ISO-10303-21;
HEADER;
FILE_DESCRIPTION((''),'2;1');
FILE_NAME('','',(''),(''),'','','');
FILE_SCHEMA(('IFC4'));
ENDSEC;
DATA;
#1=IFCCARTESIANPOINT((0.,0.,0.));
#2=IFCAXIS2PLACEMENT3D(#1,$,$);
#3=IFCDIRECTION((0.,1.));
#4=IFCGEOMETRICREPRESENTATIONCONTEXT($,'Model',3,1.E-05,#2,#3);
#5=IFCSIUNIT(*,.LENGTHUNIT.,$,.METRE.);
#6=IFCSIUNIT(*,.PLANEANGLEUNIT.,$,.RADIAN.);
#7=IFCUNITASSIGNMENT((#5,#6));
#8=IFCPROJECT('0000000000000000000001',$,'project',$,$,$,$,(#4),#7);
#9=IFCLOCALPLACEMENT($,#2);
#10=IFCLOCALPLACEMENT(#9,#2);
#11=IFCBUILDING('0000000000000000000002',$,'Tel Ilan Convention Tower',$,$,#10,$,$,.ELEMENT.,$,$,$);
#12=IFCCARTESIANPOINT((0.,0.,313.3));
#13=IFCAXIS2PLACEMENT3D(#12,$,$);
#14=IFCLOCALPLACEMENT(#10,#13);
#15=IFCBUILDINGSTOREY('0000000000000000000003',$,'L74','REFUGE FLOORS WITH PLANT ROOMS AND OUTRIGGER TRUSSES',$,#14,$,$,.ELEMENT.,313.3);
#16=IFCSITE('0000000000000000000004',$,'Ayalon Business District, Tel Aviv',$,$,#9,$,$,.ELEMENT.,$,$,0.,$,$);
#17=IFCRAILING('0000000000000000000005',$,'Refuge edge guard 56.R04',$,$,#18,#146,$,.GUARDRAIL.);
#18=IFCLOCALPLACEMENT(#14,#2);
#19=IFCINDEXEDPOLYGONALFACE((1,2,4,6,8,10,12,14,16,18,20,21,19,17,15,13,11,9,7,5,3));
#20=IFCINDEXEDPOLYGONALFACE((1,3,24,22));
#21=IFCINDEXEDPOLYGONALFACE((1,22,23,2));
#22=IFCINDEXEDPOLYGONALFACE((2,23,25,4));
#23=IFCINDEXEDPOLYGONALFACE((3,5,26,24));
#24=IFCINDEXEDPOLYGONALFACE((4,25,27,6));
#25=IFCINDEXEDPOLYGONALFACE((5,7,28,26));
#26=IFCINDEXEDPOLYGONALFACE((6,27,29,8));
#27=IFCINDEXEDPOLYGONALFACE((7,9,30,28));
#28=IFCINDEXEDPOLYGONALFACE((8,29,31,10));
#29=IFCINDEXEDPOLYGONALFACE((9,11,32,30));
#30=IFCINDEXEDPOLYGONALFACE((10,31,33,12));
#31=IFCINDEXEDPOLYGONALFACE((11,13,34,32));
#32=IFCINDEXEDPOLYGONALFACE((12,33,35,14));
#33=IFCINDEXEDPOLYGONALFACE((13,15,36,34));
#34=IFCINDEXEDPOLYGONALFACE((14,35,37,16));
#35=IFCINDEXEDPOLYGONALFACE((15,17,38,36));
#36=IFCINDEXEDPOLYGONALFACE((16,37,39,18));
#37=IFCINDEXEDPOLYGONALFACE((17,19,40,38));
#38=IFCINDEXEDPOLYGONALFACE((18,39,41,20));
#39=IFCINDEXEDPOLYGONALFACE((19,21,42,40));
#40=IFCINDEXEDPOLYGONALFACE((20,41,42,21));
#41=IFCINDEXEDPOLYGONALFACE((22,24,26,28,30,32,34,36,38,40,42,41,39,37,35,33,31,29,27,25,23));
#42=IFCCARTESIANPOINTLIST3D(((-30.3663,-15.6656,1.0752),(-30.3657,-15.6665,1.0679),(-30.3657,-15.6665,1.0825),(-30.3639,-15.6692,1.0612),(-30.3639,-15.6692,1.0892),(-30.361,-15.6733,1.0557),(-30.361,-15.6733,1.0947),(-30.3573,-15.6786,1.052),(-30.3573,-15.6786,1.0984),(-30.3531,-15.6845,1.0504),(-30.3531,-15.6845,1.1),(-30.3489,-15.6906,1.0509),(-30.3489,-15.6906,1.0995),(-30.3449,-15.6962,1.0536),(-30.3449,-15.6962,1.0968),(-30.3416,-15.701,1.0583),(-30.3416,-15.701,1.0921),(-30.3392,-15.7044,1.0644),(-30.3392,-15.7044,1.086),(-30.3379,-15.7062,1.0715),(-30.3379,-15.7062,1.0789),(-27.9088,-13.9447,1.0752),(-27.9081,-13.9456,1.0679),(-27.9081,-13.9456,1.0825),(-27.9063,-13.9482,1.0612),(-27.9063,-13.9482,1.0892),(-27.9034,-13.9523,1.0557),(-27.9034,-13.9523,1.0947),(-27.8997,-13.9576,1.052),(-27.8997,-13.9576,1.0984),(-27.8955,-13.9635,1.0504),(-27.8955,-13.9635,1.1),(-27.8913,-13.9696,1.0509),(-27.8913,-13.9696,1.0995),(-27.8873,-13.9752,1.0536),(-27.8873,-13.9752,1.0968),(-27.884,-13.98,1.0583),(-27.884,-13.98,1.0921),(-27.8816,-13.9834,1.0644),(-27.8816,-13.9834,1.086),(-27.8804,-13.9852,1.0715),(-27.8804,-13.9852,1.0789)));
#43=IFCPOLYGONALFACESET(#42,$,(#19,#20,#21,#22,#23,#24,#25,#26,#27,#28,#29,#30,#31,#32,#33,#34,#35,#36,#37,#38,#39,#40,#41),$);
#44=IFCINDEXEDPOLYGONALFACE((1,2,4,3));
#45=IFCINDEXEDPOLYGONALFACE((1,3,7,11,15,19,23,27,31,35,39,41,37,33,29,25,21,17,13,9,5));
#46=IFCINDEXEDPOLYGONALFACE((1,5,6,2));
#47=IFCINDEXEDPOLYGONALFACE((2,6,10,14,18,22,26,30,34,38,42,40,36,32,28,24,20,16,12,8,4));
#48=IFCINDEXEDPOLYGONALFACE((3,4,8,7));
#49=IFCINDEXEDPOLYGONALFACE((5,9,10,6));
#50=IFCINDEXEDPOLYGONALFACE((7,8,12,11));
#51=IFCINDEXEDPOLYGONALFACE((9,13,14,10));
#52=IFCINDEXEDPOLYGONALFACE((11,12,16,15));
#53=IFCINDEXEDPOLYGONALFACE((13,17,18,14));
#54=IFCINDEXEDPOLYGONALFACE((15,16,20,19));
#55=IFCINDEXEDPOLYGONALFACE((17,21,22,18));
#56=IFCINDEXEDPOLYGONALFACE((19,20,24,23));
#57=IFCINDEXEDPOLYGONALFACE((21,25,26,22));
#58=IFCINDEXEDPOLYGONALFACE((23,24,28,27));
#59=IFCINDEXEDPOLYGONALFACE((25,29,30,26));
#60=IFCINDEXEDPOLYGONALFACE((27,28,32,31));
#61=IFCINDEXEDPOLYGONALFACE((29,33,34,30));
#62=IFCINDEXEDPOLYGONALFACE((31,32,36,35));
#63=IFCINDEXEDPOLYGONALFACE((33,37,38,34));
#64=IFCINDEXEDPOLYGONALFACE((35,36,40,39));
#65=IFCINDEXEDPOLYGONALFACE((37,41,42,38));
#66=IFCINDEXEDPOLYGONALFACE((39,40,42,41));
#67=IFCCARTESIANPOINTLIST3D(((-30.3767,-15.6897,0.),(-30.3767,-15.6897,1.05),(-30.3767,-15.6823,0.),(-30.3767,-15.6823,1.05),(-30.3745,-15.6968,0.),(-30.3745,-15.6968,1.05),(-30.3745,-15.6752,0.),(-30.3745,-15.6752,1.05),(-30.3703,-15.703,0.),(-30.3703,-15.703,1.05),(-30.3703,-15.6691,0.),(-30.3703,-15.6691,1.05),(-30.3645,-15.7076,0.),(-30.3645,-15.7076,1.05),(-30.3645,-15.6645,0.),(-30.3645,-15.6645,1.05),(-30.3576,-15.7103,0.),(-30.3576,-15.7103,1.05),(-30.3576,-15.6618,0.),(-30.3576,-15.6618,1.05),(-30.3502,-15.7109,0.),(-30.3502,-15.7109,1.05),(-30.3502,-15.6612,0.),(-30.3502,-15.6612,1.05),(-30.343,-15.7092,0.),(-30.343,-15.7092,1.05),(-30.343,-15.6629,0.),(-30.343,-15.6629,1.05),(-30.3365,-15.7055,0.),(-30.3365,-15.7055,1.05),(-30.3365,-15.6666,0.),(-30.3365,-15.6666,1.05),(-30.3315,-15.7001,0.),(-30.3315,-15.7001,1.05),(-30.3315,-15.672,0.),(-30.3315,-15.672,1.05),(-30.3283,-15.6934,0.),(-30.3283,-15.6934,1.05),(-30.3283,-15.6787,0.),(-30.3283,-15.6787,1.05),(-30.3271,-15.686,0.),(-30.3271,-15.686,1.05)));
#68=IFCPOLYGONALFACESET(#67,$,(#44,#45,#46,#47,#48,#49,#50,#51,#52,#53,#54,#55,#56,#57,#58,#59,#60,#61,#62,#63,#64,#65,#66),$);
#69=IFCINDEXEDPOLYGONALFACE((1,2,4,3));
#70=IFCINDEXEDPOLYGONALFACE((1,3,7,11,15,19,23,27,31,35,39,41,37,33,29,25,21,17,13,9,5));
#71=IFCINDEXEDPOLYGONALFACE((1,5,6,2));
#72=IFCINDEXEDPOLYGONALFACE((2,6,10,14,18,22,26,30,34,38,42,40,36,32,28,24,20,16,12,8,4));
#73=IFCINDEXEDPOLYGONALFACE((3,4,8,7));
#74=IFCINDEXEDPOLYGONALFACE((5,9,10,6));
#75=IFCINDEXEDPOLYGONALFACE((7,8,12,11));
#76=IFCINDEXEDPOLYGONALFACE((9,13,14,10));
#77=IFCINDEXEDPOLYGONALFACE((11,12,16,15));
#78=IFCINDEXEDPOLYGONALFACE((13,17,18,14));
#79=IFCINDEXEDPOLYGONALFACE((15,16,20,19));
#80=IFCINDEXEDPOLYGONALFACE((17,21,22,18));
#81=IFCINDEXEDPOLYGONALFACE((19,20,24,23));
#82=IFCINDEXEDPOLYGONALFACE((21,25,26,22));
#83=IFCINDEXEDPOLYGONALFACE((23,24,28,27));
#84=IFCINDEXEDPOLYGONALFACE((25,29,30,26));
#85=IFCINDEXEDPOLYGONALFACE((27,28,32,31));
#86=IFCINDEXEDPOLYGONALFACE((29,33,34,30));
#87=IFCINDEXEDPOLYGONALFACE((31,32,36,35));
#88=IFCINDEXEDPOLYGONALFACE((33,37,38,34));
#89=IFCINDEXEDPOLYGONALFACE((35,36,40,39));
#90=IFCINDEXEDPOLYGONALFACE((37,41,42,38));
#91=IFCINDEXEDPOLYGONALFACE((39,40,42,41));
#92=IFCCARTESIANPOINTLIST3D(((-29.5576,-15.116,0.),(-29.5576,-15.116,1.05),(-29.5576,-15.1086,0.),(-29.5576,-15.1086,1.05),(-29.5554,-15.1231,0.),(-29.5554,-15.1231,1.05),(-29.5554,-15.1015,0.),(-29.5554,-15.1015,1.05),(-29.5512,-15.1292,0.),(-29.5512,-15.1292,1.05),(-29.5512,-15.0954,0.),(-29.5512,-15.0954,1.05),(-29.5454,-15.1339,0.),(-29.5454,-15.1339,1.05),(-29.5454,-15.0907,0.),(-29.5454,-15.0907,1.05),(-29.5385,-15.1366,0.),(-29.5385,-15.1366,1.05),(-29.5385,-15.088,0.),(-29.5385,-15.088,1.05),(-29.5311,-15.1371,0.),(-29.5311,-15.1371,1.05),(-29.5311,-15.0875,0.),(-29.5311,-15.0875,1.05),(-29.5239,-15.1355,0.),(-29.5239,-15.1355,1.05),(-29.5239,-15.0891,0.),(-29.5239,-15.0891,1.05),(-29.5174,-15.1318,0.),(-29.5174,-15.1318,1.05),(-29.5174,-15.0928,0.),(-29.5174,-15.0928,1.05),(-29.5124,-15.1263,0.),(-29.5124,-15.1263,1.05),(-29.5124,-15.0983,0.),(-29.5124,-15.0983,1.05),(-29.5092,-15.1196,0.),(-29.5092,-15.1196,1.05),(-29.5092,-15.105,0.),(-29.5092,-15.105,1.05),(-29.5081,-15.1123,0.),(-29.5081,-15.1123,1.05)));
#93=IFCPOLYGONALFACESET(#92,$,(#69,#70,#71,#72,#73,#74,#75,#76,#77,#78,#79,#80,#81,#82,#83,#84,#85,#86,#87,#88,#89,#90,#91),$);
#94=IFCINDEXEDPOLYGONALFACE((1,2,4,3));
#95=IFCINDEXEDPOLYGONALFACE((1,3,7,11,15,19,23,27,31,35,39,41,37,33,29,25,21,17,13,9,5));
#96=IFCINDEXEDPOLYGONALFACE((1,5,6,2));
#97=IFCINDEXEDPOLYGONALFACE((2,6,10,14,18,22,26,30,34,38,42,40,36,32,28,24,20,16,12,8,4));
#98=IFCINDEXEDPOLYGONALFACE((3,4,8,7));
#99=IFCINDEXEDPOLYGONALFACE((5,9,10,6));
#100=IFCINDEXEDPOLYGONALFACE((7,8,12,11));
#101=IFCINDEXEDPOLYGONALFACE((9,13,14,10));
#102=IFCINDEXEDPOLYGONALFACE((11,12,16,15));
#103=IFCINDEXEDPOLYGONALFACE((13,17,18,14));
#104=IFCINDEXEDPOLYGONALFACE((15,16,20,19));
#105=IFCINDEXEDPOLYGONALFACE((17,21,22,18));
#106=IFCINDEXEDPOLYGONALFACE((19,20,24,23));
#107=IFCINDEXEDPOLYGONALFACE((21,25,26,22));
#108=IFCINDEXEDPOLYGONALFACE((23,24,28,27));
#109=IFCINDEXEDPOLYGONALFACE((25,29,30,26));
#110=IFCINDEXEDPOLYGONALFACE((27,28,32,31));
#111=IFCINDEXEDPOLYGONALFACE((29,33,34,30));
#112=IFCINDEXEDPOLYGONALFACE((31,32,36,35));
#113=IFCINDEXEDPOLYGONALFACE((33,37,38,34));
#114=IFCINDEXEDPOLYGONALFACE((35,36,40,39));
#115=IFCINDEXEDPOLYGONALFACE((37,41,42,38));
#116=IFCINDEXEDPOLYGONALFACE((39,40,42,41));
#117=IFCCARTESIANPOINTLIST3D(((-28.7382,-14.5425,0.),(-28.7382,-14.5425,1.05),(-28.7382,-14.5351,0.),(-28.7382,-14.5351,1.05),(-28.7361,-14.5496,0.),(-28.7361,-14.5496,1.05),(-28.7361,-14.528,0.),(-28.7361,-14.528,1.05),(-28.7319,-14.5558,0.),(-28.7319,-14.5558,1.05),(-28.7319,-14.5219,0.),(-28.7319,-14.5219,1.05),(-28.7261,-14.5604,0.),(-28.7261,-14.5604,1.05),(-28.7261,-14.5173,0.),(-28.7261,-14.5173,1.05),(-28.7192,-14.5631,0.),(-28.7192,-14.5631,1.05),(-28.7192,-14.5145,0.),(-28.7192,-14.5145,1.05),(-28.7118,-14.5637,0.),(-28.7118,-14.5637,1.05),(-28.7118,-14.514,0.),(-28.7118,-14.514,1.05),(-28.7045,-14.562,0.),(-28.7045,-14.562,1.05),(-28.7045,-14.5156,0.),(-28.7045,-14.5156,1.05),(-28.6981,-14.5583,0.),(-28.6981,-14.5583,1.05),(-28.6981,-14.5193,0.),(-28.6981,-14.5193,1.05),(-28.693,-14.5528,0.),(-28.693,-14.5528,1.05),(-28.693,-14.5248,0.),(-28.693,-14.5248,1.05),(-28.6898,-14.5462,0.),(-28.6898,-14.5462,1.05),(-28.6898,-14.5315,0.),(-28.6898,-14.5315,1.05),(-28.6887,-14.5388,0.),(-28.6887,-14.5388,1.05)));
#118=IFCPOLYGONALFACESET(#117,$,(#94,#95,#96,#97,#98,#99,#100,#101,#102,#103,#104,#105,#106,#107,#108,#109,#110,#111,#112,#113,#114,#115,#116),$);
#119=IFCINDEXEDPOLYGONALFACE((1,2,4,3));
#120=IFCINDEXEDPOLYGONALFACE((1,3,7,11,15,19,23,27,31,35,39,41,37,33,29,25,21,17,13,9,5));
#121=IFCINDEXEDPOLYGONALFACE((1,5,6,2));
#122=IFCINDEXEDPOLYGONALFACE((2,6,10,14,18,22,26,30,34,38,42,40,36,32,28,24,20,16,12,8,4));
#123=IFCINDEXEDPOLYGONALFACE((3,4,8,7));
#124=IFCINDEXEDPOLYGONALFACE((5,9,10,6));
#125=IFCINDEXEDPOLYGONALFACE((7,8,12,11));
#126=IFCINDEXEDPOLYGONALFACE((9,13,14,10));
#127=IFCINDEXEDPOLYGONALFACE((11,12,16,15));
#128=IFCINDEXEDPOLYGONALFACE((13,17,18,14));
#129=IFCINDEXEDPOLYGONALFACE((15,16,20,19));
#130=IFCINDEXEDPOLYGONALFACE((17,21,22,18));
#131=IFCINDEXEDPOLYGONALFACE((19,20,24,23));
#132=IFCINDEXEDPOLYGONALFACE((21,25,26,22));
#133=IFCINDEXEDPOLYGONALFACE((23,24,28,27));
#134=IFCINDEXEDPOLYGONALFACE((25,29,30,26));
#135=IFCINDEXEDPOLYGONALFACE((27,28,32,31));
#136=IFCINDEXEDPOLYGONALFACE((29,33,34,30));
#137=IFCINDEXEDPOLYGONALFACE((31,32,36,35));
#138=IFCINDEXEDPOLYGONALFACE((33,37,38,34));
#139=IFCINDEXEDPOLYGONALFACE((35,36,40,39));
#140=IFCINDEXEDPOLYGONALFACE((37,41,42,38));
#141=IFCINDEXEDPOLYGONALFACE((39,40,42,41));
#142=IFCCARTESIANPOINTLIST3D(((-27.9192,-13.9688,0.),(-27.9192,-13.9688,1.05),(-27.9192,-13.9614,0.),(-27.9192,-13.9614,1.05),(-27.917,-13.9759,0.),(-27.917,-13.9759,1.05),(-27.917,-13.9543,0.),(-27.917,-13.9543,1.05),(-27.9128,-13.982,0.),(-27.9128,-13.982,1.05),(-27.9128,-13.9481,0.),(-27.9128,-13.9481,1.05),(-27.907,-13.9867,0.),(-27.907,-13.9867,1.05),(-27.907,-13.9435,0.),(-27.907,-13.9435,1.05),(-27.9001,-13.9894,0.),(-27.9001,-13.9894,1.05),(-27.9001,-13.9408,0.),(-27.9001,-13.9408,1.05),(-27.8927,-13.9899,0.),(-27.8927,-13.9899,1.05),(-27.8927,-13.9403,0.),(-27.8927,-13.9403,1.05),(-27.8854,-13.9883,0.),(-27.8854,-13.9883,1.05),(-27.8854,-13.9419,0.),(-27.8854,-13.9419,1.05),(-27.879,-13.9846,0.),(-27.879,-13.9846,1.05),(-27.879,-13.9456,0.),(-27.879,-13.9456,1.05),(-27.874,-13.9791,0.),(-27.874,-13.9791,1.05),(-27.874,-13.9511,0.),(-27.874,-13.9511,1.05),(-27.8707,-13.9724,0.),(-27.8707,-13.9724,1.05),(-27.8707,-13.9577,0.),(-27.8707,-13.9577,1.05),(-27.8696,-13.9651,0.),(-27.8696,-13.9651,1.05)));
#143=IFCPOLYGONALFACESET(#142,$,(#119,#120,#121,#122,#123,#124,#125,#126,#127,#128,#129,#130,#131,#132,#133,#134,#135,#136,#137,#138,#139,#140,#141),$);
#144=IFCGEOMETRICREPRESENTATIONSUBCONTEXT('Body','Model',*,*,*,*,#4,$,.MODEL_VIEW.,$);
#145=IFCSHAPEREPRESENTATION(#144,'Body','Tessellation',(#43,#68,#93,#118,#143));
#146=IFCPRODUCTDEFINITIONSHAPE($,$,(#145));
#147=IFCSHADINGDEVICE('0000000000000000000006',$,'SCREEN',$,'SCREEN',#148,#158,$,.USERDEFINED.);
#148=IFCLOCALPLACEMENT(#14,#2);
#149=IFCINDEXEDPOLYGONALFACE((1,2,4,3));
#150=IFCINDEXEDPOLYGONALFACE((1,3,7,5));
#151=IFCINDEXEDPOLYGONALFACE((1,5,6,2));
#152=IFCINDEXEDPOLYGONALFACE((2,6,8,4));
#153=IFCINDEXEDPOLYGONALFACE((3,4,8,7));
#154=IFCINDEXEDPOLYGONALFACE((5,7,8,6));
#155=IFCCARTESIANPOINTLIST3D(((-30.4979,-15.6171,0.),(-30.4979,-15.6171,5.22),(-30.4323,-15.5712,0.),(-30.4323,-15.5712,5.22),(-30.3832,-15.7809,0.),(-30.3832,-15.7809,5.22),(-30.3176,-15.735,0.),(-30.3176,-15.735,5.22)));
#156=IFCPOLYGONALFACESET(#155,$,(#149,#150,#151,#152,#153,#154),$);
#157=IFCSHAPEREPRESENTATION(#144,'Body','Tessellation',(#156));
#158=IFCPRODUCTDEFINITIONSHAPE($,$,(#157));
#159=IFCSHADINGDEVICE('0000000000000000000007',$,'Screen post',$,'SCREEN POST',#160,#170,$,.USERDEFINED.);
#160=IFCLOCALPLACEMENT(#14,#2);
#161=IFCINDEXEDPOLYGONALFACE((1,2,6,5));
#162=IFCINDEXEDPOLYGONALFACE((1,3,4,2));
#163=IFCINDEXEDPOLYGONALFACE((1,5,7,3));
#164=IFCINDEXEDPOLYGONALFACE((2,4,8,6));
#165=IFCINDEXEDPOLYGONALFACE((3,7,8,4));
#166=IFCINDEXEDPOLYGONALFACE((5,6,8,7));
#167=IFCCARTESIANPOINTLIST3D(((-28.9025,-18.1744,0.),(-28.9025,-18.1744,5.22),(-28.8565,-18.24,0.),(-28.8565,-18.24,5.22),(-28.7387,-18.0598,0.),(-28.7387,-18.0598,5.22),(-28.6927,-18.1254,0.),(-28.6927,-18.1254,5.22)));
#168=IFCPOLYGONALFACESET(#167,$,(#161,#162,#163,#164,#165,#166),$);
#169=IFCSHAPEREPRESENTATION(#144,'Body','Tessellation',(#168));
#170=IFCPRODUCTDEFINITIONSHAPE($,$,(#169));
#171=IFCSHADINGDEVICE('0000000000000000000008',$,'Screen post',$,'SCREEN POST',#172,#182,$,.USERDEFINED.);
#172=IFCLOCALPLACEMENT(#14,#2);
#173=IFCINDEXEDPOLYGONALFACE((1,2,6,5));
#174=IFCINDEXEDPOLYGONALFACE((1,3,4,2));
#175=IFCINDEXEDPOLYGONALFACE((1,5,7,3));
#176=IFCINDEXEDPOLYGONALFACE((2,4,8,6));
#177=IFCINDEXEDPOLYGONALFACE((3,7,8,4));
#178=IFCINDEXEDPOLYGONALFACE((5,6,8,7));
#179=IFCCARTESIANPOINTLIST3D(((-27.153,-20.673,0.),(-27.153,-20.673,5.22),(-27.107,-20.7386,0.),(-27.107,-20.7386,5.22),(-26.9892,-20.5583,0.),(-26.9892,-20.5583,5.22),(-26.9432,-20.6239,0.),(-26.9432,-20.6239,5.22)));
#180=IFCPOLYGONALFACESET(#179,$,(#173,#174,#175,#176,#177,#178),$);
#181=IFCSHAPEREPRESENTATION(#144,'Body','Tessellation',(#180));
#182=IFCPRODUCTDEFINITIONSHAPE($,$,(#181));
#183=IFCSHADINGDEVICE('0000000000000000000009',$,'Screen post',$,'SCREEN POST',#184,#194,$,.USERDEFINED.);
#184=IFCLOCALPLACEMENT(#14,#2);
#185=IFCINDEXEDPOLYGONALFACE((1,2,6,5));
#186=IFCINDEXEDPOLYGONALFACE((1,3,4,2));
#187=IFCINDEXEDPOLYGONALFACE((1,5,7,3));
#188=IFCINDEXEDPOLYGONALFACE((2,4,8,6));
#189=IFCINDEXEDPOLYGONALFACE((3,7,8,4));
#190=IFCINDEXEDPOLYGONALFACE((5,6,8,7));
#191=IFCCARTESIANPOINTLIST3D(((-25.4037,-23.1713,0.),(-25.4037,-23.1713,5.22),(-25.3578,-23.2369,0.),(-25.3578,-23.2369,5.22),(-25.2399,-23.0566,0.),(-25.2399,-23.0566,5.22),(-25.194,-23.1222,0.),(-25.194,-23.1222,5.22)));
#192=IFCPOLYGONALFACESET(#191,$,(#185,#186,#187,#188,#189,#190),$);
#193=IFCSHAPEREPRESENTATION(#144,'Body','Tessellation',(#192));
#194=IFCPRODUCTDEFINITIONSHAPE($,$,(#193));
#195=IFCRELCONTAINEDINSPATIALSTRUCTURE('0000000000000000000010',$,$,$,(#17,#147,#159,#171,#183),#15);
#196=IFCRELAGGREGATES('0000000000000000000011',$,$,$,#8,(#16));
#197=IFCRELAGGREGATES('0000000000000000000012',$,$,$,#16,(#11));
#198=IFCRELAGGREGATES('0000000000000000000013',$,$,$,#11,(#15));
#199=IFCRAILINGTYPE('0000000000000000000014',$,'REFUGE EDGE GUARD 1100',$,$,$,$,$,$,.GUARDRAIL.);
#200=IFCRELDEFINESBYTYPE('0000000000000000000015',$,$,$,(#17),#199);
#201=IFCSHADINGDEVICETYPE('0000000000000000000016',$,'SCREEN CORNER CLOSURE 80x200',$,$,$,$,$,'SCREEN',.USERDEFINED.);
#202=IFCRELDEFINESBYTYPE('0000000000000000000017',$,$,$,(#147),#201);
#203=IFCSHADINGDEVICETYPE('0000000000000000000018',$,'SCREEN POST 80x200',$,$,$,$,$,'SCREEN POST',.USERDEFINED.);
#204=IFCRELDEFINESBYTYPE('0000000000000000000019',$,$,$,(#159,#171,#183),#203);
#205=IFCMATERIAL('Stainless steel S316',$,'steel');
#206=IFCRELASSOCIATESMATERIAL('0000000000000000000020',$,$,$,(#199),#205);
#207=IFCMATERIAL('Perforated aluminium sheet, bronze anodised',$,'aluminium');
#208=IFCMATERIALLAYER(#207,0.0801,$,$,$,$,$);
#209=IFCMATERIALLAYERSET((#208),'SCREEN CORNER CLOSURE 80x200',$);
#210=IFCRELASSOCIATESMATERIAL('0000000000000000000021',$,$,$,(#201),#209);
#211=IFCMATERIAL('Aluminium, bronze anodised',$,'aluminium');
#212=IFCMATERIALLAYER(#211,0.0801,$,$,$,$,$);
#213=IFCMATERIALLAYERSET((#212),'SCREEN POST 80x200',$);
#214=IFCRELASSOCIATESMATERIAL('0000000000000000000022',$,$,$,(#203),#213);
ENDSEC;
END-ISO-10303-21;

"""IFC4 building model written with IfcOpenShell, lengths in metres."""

from ifc_helpers import new_model, si_unit, direction, frame, origin, origin_2d, place, context, subcontext, project, spatial, rectangle, circle, extrude, material, layer, layer_set, type_object, element, save


model = new_model("IFC4")

# Units and contexts
model_context = context("Model", 3, precision=1e-05, world=origin(), true_north=direction((0.0, 1.0)))
body_context = subcontext(model_context, "Body", "Model", "MODEL_VIEW")
ifc_project = project(units=[si_unit("LENGTHUNIT", "METRE"), si_unit("PLANEANGLEUNIT", "RADIAN")], contexts=[model_context])

# Site, building, storey
site_placement = place(None, origin())
site = spatial("IfcSite", under=ifc_project, at=site_placement, Name="Ayalon Business District, Tel Aviv", CompositionType="ELEMENT", RefElevation=0.0)
building_placement = place(site_placement, origin())
building = spatial("IfcBuilding", under=site, at=building_placement, Name="Tel Ilan Convention Tower", CompositionType="ELEMENT")
storey_placement = place(building_placement, frame((0.0, 0.0, 313.3)))
storey = spatial("IfcBuildingStorey", under=building, at=storey_placement, Name="L74", Description="REFUGE FLOORS WITH PLANT ROOMS AND OUTRIGGER TRUSSES", CompositionType="ELEMENT", Elevation=313.3)

# Railing
ifc_material_1 = material(Name="Stainless steel S316", Category="steel")
railing_type = type_object("IfcRailingType", Name="REFUGE EDGE GUARD 1100", PredefinedType="GUARDRAIL", material=ifc_material_1)
railing_placement = place(storey_placement, frame((-30.3521, -15.686, 0.0)))
element("IfcRailing", 1, at=railing_placement, inside=storey, type_object=railing_type, Name="Refuge edge guard 56.R04", PredefinedType="GUARDRAIL", context=body_context, shape_type="SweptSolid", body=[
    extrude(circle(Radius=0.0249, at=origin_2d()), frame((0.0, 0.0, 1.0752), z_axis=(0.819125, 0.573615, 0.0), x_axis=(-0.573615, 0.819125, 0.0)), (0.0, 0.0, 1.0), 3.0002),
    extrude(circle(Radius=0.0249, at=origin_2d()), origin(), (0.0, 0.0, 1.0), 1.05),
    extrude(circle(Radius=0.0249, at=origin_2d()), frame((0.8191, 0.5737, 0.0)), (0.0, 0.0, 1.0), 1.05),
    extrude(circle(Radius=0.0249, at=origin_2d()), frame((1.6384, 1.1472, 0.0)), (0.0, 0.0, 1.0), 1.05),
    extrude(circle(Radius=0.0249, at=origin_2d()), frame((2.4575, 1.7209, 0.0)), (0.0, 0.0, 1.0), 1.05),
])

# Shading devices
ifc_material_2 = material(Name="Perforated aluminium sheet, bronze anodised", Category="aluminium")
ifc_layer_1 = layer(ifc_material_2, 0.0801)
ifc_layer_set_1 = layer_set([ifc_layer_1], Name="SCREEN CORNER CLOSURE 80x200")
shading_device_type_1 = type_object("IfcShadingDeviceType", Name="SCREEN CORNER CLOSURE 80x200", ElementType="SCREEN", PredefinedType="USERDEFINED", material=ifc_layer_set_1)
shading_device_placement = place(storey_placement, frame((-30.4077, -15.676, 0.0), z_axis=(0.0, 0.0, 1.0), x_axis=(-0.819152, -0.573576, 0.0)))
element("IfcShadingDevice", 2, at=shading_device_placement, inside=storey, type_object=shading_device_type_1, Name="SCREEN", ObjectType="SCREEN", PredefinedType="USERDEFINED", context=body_context, shape_type="SweptSolid", body=[
    extrude(rectangle(XDim=0.0801, YDim=0.2, at=origin_2d()), origin(), (0.0, 0.0, 1.0), 5.22),
])
ifc_material_3 = material(Name="Aluminium, bronze anodised", Category="aluminium")
ifc_layer_2 = layer(ifc_material_3, 0.0801)
ifc_layer_set_2 = layer_set([ifc_layer_2], Name="SCREEN POST 80x200")
shading_device_type_2 = type_object("IfcShadingDeviceType", Name="SCREEN POST 80x200", ElementType="SCREEN POST", PredefinedType="USERDEFINED", material=ifc_layer_set_2)
for number, where, z_axis, x_axis, name in (
    (3, (-28.7976, -18.1499, 0.0), (0.0, 0.0, 1.0), (0.573576, -0.819152, 0.0), "Screen post"),
    (4, (-27.0481, -20.6484, 0.0), (0.0, 0.0, 1.0), (0.573576, -0.819152, 0.0), "Screen post"),
    (5, (-25.2988, -23.1467, 0.0), (0.0, 0.0, 1.0), (0.573576, -0.819152, 0.0), "Screen post"),
):
    element("IfcShadingDevice", number, at=place(storey_placement, frame(where, z_axis=z_axis, x_axis=x_axis)), inside=storey, type_object=shading_device_type_2, Name=name, ObjectType="SCREEN POST", PredefinedType="USERDEFINED", context=body_context, shape_type="SweptSolid", body=[
        extrude(rectangle(XDim=0.0801, YDim=0.2, at=origin_2d()), origin(), (0.0, 0.0, 1.0), 5.22),
    ])

save(model, "model.ifc")
